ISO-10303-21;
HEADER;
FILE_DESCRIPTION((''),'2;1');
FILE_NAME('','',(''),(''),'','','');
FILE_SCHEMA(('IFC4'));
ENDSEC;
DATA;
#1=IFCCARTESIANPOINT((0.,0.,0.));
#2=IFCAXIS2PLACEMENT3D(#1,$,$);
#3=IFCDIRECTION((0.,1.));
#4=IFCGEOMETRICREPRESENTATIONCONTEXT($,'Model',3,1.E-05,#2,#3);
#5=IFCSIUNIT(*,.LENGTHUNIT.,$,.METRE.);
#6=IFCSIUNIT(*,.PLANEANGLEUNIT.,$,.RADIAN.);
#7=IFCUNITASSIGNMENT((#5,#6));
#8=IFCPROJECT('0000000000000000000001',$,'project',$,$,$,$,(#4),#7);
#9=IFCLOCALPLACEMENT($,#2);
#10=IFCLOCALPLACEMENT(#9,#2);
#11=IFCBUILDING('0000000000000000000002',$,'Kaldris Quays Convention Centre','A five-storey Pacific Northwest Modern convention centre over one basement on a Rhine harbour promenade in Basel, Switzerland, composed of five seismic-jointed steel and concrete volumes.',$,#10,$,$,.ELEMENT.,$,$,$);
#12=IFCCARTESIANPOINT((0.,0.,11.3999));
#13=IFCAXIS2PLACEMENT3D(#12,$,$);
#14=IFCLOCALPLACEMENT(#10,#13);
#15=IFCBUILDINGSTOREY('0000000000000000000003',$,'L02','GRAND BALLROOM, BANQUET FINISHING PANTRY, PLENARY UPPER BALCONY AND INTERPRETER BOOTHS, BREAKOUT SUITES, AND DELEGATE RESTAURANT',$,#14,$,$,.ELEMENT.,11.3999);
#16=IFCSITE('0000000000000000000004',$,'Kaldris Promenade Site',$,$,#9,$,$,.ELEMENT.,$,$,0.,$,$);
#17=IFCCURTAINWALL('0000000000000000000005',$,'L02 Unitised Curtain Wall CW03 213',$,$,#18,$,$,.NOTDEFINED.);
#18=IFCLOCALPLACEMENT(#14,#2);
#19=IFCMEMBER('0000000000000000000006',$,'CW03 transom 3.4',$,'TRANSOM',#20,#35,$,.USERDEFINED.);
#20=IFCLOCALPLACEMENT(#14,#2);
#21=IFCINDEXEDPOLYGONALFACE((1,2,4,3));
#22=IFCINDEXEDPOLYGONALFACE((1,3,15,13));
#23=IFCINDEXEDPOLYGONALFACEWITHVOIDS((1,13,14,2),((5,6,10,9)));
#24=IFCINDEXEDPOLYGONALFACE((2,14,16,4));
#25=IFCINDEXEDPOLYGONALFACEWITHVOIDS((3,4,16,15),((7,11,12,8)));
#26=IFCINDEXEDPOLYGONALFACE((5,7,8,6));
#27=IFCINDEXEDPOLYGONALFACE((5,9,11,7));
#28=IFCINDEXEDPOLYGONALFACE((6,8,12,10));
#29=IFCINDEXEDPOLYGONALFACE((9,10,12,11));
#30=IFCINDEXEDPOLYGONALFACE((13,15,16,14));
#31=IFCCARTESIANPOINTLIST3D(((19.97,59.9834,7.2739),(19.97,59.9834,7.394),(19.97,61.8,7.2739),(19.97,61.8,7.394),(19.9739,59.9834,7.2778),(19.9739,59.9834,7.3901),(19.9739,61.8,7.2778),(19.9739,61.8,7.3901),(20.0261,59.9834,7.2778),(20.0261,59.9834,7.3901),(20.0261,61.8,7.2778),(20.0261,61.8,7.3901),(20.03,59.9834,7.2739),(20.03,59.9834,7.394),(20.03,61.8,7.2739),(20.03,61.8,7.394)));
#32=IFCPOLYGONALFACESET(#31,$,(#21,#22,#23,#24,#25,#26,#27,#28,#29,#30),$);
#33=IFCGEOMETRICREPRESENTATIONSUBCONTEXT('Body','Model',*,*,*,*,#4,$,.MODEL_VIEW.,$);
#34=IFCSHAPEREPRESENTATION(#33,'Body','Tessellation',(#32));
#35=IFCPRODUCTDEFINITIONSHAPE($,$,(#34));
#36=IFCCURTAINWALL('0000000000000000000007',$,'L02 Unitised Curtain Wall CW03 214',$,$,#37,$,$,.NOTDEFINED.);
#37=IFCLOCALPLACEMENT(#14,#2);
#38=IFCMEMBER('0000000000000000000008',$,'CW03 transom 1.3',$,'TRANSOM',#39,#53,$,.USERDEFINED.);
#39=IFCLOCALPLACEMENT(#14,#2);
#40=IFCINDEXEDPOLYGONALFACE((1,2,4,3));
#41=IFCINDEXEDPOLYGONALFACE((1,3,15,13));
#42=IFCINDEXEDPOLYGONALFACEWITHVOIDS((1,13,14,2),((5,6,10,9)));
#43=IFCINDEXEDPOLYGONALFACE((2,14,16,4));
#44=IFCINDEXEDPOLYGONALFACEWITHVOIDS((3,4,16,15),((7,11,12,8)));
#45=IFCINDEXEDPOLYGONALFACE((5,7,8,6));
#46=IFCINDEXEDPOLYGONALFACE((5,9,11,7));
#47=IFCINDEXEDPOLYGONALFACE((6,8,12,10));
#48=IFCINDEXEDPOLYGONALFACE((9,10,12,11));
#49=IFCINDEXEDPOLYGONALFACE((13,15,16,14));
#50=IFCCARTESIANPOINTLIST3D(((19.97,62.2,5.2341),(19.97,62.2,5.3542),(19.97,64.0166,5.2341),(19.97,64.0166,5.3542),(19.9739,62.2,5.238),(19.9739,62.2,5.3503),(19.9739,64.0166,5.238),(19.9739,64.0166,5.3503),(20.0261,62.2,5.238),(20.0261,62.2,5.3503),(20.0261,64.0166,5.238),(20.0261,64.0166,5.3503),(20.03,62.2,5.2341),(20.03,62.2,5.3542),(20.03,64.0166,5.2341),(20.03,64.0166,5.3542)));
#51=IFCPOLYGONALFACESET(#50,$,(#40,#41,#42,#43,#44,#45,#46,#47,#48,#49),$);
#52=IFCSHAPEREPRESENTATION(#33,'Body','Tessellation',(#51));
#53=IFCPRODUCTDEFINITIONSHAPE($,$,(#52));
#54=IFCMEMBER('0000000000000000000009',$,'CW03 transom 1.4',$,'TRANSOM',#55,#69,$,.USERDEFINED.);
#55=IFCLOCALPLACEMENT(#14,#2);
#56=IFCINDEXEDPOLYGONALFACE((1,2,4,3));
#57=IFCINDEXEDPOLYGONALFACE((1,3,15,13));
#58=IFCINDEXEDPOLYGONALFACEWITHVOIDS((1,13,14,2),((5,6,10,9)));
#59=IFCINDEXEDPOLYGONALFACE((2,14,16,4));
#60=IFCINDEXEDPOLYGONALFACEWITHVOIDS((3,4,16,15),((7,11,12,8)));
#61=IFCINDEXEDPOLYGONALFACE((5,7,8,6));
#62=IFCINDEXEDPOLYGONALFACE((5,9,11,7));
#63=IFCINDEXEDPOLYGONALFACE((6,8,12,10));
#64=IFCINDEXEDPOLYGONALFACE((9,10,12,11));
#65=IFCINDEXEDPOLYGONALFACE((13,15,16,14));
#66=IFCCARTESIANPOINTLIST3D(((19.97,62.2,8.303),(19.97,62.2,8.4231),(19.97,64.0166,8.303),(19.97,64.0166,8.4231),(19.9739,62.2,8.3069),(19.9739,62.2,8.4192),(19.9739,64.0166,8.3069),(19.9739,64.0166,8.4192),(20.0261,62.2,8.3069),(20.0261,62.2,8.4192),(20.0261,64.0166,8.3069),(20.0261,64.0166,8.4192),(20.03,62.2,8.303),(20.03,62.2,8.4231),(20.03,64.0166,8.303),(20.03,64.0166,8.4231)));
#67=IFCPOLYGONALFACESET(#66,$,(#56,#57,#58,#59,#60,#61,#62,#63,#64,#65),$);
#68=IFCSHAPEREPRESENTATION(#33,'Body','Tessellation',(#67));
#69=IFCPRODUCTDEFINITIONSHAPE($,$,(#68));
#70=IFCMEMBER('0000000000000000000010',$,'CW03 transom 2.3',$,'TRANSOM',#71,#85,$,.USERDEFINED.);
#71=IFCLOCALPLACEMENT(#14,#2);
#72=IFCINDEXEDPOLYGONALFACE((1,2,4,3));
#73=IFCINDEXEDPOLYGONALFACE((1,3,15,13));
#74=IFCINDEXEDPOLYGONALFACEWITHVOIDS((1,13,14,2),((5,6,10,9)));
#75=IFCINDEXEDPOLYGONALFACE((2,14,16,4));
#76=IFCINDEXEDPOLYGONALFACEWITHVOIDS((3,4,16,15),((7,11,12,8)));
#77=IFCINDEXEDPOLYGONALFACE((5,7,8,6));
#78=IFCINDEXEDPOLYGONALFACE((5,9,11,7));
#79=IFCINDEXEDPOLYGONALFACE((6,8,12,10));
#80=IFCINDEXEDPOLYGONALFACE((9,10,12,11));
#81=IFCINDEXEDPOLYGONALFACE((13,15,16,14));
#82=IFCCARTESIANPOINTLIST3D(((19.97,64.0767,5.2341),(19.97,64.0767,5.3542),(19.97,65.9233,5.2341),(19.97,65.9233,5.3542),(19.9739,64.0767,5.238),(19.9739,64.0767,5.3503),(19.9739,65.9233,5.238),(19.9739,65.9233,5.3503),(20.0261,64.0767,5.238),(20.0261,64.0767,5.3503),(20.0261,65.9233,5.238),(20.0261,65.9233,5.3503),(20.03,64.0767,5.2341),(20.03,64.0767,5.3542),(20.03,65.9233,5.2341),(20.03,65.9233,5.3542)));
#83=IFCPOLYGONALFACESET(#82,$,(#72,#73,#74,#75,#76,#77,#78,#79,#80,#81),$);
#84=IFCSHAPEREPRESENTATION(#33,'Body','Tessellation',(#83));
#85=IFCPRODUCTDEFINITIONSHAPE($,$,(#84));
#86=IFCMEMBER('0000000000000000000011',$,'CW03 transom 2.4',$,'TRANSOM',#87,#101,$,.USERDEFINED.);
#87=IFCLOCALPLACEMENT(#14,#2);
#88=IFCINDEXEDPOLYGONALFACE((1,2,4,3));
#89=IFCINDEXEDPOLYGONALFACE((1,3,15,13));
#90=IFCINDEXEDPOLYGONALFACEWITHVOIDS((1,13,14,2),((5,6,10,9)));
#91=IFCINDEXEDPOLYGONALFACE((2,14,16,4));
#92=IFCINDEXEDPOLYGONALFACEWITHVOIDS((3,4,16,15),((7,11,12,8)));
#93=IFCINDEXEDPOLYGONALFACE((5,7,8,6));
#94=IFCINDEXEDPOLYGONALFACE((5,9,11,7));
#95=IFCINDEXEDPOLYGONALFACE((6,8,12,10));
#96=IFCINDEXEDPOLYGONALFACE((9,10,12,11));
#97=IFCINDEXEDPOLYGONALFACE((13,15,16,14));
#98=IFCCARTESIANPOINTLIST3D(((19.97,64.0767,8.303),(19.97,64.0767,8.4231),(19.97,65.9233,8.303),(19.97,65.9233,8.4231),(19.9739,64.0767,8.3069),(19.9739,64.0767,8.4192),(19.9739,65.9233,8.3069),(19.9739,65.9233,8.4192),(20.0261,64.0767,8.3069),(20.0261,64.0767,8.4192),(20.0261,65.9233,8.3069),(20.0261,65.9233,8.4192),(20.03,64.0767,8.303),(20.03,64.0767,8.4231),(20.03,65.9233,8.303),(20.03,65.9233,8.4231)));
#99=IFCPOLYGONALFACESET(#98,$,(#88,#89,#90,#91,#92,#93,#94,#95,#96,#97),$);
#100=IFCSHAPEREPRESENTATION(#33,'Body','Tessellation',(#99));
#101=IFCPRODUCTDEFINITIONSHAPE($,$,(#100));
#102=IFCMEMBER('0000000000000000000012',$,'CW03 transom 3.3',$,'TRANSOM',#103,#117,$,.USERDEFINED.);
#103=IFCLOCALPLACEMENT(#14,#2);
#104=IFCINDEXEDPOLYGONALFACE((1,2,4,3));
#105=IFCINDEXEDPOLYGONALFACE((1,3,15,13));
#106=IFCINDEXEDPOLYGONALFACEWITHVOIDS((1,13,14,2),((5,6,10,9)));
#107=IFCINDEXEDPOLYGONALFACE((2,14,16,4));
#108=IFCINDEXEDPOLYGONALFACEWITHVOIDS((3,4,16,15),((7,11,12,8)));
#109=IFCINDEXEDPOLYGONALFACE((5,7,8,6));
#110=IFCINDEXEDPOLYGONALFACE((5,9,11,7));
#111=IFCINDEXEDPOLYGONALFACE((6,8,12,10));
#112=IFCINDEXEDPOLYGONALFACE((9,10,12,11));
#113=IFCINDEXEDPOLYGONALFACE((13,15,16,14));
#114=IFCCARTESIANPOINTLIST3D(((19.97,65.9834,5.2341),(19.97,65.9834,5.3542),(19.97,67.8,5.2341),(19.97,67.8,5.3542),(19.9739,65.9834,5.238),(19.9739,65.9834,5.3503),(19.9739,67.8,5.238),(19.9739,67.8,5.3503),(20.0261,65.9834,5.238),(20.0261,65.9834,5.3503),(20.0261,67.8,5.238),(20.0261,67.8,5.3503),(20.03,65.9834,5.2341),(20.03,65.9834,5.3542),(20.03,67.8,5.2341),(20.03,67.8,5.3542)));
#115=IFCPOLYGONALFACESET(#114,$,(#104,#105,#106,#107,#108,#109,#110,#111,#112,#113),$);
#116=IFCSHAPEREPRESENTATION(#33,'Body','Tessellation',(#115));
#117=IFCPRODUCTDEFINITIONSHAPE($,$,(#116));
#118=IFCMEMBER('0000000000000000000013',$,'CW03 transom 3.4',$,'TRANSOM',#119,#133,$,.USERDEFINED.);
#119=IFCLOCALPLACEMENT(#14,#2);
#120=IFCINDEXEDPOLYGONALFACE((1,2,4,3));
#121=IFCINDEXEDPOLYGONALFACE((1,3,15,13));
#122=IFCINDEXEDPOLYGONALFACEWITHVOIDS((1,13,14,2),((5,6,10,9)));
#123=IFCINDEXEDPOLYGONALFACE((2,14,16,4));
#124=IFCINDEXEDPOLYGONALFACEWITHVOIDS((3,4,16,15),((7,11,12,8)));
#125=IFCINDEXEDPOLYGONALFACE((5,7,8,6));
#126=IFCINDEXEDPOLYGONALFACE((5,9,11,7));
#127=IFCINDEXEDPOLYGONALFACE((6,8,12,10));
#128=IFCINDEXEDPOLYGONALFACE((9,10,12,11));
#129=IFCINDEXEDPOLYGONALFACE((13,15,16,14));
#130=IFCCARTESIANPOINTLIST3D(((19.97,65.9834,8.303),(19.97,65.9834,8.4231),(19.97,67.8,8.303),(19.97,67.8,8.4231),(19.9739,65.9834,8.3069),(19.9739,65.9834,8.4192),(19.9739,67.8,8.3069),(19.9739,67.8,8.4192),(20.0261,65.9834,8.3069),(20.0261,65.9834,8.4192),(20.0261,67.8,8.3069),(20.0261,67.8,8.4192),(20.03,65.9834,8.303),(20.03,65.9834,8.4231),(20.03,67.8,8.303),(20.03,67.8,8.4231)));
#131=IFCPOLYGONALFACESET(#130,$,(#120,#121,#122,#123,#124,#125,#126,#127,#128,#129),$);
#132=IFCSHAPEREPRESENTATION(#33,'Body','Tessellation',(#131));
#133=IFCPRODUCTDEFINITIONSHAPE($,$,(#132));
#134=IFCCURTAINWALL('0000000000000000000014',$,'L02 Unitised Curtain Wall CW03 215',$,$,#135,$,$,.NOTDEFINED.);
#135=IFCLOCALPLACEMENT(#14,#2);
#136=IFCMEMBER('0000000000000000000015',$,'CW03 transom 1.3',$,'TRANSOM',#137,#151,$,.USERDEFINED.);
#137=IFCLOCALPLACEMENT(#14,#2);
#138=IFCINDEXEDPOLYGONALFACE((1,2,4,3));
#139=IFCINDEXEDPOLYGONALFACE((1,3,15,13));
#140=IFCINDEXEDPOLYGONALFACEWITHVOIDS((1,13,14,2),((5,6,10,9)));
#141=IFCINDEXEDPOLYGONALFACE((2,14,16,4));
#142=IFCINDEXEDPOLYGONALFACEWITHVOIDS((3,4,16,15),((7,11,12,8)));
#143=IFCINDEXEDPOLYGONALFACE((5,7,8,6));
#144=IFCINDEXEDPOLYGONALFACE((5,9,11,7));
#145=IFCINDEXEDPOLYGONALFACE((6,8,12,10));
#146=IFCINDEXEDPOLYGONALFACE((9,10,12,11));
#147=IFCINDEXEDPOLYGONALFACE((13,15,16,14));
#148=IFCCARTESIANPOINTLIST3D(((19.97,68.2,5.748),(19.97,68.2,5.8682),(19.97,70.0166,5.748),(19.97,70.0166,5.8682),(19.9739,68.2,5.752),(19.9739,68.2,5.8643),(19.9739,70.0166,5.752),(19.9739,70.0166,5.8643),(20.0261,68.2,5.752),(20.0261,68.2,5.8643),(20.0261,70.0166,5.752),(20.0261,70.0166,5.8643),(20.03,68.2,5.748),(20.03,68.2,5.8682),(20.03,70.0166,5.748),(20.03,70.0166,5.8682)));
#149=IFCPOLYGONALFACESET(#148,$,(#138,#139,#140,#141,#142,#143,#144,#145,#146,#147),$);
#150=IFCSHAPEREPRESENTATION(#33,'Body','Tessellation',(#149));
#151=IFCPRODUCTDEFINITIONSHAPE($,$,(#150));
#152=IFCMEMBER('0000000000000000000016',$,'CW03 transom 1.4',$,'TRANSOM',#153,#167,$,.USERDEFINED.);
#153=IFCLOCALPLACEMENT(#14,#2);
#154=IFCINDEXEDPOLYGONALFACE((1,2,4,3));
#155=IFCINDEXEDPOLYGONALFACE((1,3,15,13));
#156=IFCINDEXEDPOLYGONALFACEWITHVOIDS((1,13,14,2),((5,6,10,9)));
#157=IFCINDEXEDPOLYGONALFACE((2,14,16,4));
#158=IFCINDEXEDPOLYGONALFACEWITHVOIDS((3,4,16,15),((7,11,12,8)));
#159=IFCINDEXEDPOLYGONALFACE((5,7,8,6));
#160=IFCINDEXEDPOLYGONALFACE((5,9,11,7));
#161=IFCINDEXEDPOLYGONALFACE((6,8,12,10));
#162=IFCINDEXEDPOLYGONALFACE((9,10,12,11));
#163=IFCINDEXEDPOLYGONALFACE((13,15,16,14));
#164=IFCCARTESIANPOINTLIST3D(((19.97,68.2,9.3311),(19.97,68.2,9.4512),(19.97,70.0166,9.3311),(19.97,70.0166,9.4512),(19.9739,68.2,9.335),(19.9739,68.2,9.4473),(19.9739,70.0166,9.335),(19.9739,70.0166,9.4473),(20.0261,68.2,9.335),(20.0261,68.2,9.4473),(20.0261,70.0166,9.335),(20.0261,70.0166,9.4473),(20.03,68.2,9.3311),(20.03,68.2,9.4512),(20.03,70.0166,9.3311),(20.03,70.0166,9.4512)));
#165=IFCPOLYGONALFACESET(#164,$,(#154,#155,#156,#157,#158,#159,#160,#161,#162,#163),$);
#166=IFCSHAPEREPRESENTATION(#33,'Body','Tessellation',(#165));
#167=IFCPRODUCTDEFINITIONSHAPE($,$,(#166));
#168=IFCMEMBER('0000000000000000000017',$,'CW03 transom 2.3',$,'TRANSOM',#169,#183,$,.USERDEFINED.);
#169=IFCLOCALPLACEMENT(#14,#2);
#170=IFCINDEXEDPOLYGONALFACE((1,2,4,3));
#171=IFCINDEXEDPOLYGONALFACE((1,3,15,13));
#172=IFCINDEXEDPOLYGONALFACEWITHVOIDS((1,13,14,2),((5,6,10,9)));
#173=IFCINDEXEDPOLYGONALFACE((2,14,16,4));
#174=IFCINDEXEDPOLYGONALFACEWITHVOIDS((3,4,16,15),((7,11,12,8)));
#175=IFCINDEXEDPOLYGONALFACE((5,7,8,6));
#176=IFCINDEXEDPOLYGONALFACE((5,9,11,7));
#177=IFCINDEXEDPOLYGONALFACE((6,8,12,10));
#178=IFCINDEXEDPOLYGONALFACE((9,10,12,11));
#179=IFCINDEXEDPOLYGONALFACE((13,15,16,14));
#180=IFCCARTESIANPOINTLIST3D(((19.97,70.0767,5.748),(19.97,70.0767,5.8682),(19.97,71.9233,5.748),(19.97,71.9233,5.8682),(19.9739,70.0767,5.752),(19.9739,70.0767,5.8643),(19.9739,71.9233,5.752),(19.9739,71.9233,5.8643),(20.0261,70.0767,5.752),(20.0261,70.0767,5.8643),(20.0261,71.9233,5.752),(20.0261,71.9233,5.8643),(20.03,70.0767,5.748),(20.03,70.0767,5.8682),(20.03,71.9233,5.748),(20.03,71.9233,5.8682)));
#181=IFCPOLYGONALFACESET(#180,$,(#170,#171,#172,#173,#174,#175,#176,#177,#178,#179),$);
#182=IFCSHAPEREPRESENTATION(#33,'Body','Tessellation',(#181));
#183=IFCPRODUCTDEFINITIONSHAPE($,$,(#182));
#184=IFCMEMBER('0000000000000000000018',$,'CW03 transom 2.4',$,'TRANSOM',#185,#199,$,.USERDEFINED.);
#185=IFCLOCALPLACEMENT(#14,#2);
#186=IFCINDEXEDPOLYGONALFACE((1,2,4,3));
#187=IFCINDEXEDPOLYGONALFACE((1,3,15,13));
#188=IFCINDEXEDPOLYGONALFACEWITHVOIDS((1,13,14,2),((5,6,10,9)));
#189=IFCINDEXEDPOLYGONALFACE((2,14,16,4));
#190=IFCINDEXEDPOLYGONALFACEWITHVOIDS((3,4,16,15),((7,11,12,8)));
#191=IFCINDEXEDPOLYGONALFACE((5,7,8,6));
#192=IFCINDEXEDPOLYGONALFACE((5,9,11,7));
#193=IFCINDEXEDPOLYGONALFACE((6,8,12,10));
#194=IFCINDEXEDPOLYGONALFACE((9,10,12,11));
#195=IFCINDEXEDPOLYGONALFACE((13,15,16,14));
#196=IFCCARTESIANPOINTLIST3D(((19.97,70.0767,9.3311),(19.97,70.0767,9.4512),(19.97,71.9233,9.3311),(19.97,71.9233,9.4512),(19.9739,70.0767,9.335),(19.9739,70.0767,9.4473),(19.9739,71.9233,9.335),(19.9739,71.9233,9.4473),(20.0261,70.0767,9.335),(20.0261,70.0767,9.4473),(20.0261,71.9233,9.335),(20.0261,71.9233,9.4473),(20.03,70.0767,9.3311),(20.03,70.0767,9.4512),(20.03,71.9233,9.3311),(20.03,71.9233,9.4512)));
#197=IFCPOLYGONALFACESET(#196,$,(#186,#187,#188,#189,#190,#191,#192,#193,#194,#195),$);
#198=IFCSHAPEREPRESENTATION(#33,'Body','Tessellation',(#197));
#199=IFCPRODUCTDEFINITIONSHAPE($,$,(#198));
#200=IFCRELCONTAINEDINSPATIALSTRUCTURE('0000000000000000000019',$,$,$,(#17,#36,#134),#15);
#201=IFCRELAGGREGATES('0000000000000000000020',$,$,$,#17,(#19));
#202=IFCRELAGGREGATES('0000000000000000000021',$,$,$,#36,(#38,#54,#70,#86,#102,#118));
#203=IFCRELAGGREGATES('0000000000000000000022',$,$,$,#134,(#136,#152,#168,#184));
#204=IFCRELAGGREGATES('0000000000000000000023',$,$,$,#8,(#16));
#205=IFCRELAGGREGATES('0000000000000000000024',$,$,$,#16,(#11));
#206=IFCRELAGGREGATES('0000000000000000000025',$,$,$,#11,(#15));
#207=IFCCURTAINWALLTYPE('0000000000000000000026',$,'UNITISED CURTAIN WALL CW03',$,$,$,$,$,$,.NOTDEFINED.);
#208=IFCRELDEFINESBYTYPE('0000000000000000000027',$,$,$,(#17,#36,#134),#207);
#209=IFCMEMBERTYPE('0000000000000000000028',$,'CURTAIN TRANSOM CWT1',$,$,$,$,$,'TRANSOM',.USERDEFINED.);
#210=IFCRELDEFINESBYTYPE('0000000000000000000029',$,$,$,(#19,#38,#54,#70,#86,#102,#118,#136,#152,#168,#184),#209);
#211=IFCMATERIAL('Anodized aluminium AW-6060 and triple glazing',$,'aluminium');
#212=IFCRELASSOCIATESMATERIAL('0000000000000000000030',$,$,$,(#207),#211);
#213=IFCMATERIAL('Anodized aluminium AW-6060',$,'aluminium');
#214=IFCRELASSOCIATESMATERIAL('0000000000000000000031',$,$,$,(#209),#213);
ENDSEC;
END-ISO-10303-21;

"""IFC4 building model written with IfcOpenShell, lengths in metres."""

from ifc_helpers import new_model, si_unit, direction, frame, origin, origin_2d, place, context, subcontext, project, spatial, hollow_rectangle, extrude, material, material_profile, profile_set, type_object, element, aggregate, save


model = new_model("IFC4")

# Units and contexts
model_context = context("Model", 3, precision=1e-05, world=origin(), true_north=direction((0.0, 1.0)))
body_context = subcontext(model_context, "Body", "Model", "MODEL_VIEW")
ifc_project = project(units=[si_unit("LENGTHUNIT", "METRE"), si_unit("PLANEANGLEUNIT", "RADIAN")], contexts=[model_context])

# Site, building, storey
site_placement = place(None, origin())
site = spatial("IfcSite", under=ifc_project, at=site_placement, Name="Kaldris Promenade Site", CompositionType="ELEMENT", RefElevation=0.0)
building_placement = place(site_placement, origin())
building = spatial("IfcBuilding", under=site, at=building_placement, Name="Kaldris Quays Convention Centre", Description="A five-storey Pacific Northwest Modern convention centre over one basement on a Rhine harbour promenade in Basel, Switzerland, composed of five seismic-jointed steel and concrete volumes.", CompositionType="ELEMENT")
storey_placement = place(building_placement, frame((0.0, 0.0, 11.3999)))
storey = spatial("IfcBuildingStorey", under=building, at=storey_placement, Name="L02", Description="GRAND BALLROOM, BANQUET FINISHING PANTRY, PLENARY UPPER BALCONY AND INTERPRETER BOOTHS, BREAKOUT SUITES, AND DELEGATE RESTAURANT", CompositionType="ELEMENT", Elevation=11.3999)

# Curtain wall, member
ifc_material_1 = material(Name="Anodized aluminium AW-6060 and triple glazing", Category="aluminium")
curtain_wall_type = type_object("IfcCurtainWallType", Name="UNITISED CURTAIN WALL CW03", PredefinedType="NOTDEFINED", material=ifc_material_1)
curtain_wall_1_placement = place(storey_placement, origin())
curtain_wall_1 = element("IfcCurtainWall", 1, at=curtain_wall_1_placement, inside=storey, type_object=curtain_wall_type, Name="L02 Unitised Curtain Wall CW03 213", PredefinedType="NOTDEFINED")
ifc_material_2 = material(Name="Anodized aluminium AW-6060", Category="aluminium")
ifc_material_profile_1 = material_profile(ifc_material_2, hollow_rectangle(XDim=0.0601, YDim=0.1201, WallThickness=0.0039, at=origin_2d()), Name="RHS 120x60x4")
ifc_profile_set_1 = profile_set([ifc_material_profile_1], Name="Anodized aluminium AW-6060")
member_type_1 = type_object("IfcMemberType", Name="CURTAIN TRANSOM CWT1", ElementType="TRANSOM", PredefinedType="USERDEFINED", material=ifc_profile_set_1)
member_1_placement = place(storey_placement, frame((20.0, 59.9834, 7.334), z_axis=(0.0, 1.0, 0.0), x_axis=(-1.0, 0.0, 0.0)))
member_1 = element("IfcMember", 2, at=member_1_placement, type_object=member_type_1, Name="CW03 transom 3.4", ObjectType="TRANSOM", PredefinedType="USERDEFINED", context=body_context, shape_type="SweptSolid", body=[
    extrude(hollow_rectangle(XDim=0.0601, YDim=0.1201, WallThickness=0.0039, at=origin_2d()), origin(), (0.0, 0.0, 1.0), 1.8167),
])

# Curtain walls, members
curtain_wall_2_placement = place(storey_placement, origin())
curtain_wall_2 = element("IfcCurtainWall", 3, at=curtain_wall_2_placement, inside=storey, type_object=curtain_wall_type, Name="L02 Unitised Curtain Wall CW03 214", PredefinedType="NOTDEFINED")
member_2_placement = place(storey_placement, frame((20.0, 62.2, 5.2942), z_axis=(0.0, 1.0, 0.0), x_axis=(-1.0, 0.0, 0.0)))
member_2 = element("IfcMember", 4, at=member_2_placement, type_object=member_type_1, Name="CW03 transom 1.3", ObjectType="TRANSOM", PredefinedType="USERDEFINED", context=body_context, shape_type="SweptSolid", body=[
    extrude(hollow_rectangle(XDim=0.0601, YDim=0.1201, WallThickness=0.0039, at=origin_2d()), origin(), (0.0, 0.0, 1.0), 1.8167),
])
member_3_placement = place(storey_placement, frame((20.0, 62.2, 8.363), z_axis=(0.0, 1.0, 0.0), x_axis=(-1.0, 0.0, 0.0)))
member_3 = element("IfcMember", 5, at=member_3_placement, type_object=member_type_1, Name="CW03 transom 1.4", ObjectType="TRANSOM", PredefinedType="USERDEFINED", context=body_context, shape_type="SweptSolid", body=[
    extrude(hollow_rectangle(XDim=0.0601, YDim=0.1201, WallThickness=0.0039, at=origin_2d()), origin(), (0.0, 0.0, 1.0), 1.8167),
])
member_4_placement = place(storey_placement, frame((20.0, 64.0767, 5.2942), z_axis=(0.0, 1.0, 0.0), x_axis=(-1.0, 0.0, 0.0)))
member_4 = element("IfcMember", 6, at=member_4_placement, type_object=member_type_1, Name="CW03 transom 2.3", ObjectType="TRANSOM", PredefinedType="USERDEFINED", context=body_context, shape_type="SweptSolid", body=[
    extrude(hollow_rectangle(XDim=0.0601, YDim=0.1201, WallThickness=0.0039, at=origin_2d()), origin(), (0.0, 0.0, 1.0), 1.8467),
])
member_5_placement = place(storey_placement, frame((20.0, 64.0767, 8.363), z_axis=(0.0, 1.0, 0.0), x_axis=(-1.0, 0.0, 0.0)))
member_5 = element("IfcMember", 7, at=member_5_placement, type_object=member_type_1, Name="CW03 transom 2.4", ObjectType="TRANSOM", PredefinedType="USERDEFINED", context=body_context, shape_type="SweptSolid", body=[
    extrude(hollow_rectangle(XDim=0.0601, YDim=0.1201, WallThickness=0.0039, at=origin_2d()), origin(), (0.0, 0.0, 1.0), 1.8467),
])
member_6_placement = place(storey_placement, frame((20.0, 65.9834, 5.2942), z_axis=(0.0, 1.0, 0.0), x_axis=(-1.0, 0.0, 0.0)))
member_6 = element("IfcMember", 8, at=member_6_placement, type_object=member_type_1, Name="CW03 transom 3.3", ObjectType="TRANSOM", PredefinedType="USERDEFINED", context=body_context, shape_type="SweptSolid", body=[
    extrude(hollow_rectangle(XDim=0.0601, YDim=0.1201, WallThickness=0.0039, at=origin_2d()), origin(), (0.0, 0.0, 1.0), 1.8167),
])
member_7_placement = place(storey_placement, frame((20.0, 65.9834, 8.363), z_axis=(0.0, 1.0, 0.0), x_axis=(-1.0, 0.0, 0.0)))
member_7 = element("IfcMember", 9, at=member_7_placement, type_object=member_type_1, Name="CW03 transom 3.4", ObjectType="TRANSOM", PredefinedType="USERDEFINED", context=body_context, shape_type="SweptSolid", body=[
    extrude(hollow_rectangle(XDim=0.0601, YDim=0.1201, WallThickness=0.0039, at=origin_2d()), origin(), (0.0, 0.0, 1.0), 1.8167),
])
curtain_wall_3_placement = place(storey_placement, origin())
curtain_wall_3 = element("IfcCurtainWall", 10, at=curtain_wall_3_placement, inside=storey, type_object=curtain_wall_type, Name="L02 Unitised Curtain Wall CW03 215", PredefinedType="NOTDEFINED")
member_8_placement = place(storey_placement, frame((20.0, 68.2, 5.8081), z_axis=(0.0, 1.0, 0.0), x_axis=(-1.0, 0.0, 0.0)))
member_8 = element("IfcMember", 11, at=member_8_placement, type_object=member_type_1, Name="CW03 transom 1.3", ObjectType="TRANSOM", PredefinedType="USERDEFINED", context=body_context, shape_type="SweptSolid", body=[
    extrude(hollow_rectangle(XDim=0.0601, YDim=0.1201, WallThickness=0.0039, at=origin_2d()), origin(), (0.0, 0.0, 1.0), 1.8167),
])
member_9_placement = place(storey_placement, frame((20.0, 68.2, 9.3911), z_axis=(0.0, 1.0, 0.0), x_axis=(-1.0, 0.0, 0.0)))
member_9 = element("IfcMember", 12, at=member_9_placement, type_object=member_type_1, Name="CW03 transom 1.4", ObjectType="TRANSOM", PredefinedType="USERDEFINED", context=body_context, shape_type="SweptSolid", body=[
    extrude(hollow_rectangle(XDim=0.0601, YDim=0.1201, WallThickness=0.0039, at=origin_2d()), origin(), (0.0, 0.0, 1.0), 1.8167),
])
member_10_placement = place(storey_placement, frame((20.0, 70.0767, 5.8081), z_axis=(0.0, 1.0, 0.0), x_axis=(-1.0, 0.0, 0.0)))
member_10 = element("IfcMember", 13, at=member_10_placement, type_object=member_type_1, Name="CW03 transom 2.3", ObjectType="TRANSOM", PredefinedType="USERDEFINED", context=body_context, shape_type="SweptSolid", body=[
    extrude(hollow_rectangle(XDim=0.0601, YDim=0.1201, WallThickness=0.0039, at=origin_2d()), origin(), (0.0, 0.0, 1.0), 1.8467),
])
member_11_placement = place(storey_placement, frame((20.0, 70.0767, 9.3911), z_axis=(0.0, 1.0, 0.0), x_axis=(-1.0, 0.0, 0.0)))
member_11 = element("IfcMember", 14, at=member_11_placement, type_object=member_type_1, Name="CW03 transom 2.4", ObjectType="TRANSOM", PredefinedType="USERDEFINED", context=body_context, shape_type="SweptSolid", body=[
    extrude(hollow_rectangle(XDim=0.0601, YDim=0.1201, WallThickness=0.0039, at=origin_2d()), origin(), (0.0, 0.0, 1.0), 1.8467),
])

aggregate(curtain_wall_1, [member_1])
aggregate(curtain_wall_2, [member_2, member_3, member_4, member_5, member_6, member_7])
aggregate(curtain_wall_3, [member_8, member_9, member_10, member_11])

save(model, "model.ifc")
